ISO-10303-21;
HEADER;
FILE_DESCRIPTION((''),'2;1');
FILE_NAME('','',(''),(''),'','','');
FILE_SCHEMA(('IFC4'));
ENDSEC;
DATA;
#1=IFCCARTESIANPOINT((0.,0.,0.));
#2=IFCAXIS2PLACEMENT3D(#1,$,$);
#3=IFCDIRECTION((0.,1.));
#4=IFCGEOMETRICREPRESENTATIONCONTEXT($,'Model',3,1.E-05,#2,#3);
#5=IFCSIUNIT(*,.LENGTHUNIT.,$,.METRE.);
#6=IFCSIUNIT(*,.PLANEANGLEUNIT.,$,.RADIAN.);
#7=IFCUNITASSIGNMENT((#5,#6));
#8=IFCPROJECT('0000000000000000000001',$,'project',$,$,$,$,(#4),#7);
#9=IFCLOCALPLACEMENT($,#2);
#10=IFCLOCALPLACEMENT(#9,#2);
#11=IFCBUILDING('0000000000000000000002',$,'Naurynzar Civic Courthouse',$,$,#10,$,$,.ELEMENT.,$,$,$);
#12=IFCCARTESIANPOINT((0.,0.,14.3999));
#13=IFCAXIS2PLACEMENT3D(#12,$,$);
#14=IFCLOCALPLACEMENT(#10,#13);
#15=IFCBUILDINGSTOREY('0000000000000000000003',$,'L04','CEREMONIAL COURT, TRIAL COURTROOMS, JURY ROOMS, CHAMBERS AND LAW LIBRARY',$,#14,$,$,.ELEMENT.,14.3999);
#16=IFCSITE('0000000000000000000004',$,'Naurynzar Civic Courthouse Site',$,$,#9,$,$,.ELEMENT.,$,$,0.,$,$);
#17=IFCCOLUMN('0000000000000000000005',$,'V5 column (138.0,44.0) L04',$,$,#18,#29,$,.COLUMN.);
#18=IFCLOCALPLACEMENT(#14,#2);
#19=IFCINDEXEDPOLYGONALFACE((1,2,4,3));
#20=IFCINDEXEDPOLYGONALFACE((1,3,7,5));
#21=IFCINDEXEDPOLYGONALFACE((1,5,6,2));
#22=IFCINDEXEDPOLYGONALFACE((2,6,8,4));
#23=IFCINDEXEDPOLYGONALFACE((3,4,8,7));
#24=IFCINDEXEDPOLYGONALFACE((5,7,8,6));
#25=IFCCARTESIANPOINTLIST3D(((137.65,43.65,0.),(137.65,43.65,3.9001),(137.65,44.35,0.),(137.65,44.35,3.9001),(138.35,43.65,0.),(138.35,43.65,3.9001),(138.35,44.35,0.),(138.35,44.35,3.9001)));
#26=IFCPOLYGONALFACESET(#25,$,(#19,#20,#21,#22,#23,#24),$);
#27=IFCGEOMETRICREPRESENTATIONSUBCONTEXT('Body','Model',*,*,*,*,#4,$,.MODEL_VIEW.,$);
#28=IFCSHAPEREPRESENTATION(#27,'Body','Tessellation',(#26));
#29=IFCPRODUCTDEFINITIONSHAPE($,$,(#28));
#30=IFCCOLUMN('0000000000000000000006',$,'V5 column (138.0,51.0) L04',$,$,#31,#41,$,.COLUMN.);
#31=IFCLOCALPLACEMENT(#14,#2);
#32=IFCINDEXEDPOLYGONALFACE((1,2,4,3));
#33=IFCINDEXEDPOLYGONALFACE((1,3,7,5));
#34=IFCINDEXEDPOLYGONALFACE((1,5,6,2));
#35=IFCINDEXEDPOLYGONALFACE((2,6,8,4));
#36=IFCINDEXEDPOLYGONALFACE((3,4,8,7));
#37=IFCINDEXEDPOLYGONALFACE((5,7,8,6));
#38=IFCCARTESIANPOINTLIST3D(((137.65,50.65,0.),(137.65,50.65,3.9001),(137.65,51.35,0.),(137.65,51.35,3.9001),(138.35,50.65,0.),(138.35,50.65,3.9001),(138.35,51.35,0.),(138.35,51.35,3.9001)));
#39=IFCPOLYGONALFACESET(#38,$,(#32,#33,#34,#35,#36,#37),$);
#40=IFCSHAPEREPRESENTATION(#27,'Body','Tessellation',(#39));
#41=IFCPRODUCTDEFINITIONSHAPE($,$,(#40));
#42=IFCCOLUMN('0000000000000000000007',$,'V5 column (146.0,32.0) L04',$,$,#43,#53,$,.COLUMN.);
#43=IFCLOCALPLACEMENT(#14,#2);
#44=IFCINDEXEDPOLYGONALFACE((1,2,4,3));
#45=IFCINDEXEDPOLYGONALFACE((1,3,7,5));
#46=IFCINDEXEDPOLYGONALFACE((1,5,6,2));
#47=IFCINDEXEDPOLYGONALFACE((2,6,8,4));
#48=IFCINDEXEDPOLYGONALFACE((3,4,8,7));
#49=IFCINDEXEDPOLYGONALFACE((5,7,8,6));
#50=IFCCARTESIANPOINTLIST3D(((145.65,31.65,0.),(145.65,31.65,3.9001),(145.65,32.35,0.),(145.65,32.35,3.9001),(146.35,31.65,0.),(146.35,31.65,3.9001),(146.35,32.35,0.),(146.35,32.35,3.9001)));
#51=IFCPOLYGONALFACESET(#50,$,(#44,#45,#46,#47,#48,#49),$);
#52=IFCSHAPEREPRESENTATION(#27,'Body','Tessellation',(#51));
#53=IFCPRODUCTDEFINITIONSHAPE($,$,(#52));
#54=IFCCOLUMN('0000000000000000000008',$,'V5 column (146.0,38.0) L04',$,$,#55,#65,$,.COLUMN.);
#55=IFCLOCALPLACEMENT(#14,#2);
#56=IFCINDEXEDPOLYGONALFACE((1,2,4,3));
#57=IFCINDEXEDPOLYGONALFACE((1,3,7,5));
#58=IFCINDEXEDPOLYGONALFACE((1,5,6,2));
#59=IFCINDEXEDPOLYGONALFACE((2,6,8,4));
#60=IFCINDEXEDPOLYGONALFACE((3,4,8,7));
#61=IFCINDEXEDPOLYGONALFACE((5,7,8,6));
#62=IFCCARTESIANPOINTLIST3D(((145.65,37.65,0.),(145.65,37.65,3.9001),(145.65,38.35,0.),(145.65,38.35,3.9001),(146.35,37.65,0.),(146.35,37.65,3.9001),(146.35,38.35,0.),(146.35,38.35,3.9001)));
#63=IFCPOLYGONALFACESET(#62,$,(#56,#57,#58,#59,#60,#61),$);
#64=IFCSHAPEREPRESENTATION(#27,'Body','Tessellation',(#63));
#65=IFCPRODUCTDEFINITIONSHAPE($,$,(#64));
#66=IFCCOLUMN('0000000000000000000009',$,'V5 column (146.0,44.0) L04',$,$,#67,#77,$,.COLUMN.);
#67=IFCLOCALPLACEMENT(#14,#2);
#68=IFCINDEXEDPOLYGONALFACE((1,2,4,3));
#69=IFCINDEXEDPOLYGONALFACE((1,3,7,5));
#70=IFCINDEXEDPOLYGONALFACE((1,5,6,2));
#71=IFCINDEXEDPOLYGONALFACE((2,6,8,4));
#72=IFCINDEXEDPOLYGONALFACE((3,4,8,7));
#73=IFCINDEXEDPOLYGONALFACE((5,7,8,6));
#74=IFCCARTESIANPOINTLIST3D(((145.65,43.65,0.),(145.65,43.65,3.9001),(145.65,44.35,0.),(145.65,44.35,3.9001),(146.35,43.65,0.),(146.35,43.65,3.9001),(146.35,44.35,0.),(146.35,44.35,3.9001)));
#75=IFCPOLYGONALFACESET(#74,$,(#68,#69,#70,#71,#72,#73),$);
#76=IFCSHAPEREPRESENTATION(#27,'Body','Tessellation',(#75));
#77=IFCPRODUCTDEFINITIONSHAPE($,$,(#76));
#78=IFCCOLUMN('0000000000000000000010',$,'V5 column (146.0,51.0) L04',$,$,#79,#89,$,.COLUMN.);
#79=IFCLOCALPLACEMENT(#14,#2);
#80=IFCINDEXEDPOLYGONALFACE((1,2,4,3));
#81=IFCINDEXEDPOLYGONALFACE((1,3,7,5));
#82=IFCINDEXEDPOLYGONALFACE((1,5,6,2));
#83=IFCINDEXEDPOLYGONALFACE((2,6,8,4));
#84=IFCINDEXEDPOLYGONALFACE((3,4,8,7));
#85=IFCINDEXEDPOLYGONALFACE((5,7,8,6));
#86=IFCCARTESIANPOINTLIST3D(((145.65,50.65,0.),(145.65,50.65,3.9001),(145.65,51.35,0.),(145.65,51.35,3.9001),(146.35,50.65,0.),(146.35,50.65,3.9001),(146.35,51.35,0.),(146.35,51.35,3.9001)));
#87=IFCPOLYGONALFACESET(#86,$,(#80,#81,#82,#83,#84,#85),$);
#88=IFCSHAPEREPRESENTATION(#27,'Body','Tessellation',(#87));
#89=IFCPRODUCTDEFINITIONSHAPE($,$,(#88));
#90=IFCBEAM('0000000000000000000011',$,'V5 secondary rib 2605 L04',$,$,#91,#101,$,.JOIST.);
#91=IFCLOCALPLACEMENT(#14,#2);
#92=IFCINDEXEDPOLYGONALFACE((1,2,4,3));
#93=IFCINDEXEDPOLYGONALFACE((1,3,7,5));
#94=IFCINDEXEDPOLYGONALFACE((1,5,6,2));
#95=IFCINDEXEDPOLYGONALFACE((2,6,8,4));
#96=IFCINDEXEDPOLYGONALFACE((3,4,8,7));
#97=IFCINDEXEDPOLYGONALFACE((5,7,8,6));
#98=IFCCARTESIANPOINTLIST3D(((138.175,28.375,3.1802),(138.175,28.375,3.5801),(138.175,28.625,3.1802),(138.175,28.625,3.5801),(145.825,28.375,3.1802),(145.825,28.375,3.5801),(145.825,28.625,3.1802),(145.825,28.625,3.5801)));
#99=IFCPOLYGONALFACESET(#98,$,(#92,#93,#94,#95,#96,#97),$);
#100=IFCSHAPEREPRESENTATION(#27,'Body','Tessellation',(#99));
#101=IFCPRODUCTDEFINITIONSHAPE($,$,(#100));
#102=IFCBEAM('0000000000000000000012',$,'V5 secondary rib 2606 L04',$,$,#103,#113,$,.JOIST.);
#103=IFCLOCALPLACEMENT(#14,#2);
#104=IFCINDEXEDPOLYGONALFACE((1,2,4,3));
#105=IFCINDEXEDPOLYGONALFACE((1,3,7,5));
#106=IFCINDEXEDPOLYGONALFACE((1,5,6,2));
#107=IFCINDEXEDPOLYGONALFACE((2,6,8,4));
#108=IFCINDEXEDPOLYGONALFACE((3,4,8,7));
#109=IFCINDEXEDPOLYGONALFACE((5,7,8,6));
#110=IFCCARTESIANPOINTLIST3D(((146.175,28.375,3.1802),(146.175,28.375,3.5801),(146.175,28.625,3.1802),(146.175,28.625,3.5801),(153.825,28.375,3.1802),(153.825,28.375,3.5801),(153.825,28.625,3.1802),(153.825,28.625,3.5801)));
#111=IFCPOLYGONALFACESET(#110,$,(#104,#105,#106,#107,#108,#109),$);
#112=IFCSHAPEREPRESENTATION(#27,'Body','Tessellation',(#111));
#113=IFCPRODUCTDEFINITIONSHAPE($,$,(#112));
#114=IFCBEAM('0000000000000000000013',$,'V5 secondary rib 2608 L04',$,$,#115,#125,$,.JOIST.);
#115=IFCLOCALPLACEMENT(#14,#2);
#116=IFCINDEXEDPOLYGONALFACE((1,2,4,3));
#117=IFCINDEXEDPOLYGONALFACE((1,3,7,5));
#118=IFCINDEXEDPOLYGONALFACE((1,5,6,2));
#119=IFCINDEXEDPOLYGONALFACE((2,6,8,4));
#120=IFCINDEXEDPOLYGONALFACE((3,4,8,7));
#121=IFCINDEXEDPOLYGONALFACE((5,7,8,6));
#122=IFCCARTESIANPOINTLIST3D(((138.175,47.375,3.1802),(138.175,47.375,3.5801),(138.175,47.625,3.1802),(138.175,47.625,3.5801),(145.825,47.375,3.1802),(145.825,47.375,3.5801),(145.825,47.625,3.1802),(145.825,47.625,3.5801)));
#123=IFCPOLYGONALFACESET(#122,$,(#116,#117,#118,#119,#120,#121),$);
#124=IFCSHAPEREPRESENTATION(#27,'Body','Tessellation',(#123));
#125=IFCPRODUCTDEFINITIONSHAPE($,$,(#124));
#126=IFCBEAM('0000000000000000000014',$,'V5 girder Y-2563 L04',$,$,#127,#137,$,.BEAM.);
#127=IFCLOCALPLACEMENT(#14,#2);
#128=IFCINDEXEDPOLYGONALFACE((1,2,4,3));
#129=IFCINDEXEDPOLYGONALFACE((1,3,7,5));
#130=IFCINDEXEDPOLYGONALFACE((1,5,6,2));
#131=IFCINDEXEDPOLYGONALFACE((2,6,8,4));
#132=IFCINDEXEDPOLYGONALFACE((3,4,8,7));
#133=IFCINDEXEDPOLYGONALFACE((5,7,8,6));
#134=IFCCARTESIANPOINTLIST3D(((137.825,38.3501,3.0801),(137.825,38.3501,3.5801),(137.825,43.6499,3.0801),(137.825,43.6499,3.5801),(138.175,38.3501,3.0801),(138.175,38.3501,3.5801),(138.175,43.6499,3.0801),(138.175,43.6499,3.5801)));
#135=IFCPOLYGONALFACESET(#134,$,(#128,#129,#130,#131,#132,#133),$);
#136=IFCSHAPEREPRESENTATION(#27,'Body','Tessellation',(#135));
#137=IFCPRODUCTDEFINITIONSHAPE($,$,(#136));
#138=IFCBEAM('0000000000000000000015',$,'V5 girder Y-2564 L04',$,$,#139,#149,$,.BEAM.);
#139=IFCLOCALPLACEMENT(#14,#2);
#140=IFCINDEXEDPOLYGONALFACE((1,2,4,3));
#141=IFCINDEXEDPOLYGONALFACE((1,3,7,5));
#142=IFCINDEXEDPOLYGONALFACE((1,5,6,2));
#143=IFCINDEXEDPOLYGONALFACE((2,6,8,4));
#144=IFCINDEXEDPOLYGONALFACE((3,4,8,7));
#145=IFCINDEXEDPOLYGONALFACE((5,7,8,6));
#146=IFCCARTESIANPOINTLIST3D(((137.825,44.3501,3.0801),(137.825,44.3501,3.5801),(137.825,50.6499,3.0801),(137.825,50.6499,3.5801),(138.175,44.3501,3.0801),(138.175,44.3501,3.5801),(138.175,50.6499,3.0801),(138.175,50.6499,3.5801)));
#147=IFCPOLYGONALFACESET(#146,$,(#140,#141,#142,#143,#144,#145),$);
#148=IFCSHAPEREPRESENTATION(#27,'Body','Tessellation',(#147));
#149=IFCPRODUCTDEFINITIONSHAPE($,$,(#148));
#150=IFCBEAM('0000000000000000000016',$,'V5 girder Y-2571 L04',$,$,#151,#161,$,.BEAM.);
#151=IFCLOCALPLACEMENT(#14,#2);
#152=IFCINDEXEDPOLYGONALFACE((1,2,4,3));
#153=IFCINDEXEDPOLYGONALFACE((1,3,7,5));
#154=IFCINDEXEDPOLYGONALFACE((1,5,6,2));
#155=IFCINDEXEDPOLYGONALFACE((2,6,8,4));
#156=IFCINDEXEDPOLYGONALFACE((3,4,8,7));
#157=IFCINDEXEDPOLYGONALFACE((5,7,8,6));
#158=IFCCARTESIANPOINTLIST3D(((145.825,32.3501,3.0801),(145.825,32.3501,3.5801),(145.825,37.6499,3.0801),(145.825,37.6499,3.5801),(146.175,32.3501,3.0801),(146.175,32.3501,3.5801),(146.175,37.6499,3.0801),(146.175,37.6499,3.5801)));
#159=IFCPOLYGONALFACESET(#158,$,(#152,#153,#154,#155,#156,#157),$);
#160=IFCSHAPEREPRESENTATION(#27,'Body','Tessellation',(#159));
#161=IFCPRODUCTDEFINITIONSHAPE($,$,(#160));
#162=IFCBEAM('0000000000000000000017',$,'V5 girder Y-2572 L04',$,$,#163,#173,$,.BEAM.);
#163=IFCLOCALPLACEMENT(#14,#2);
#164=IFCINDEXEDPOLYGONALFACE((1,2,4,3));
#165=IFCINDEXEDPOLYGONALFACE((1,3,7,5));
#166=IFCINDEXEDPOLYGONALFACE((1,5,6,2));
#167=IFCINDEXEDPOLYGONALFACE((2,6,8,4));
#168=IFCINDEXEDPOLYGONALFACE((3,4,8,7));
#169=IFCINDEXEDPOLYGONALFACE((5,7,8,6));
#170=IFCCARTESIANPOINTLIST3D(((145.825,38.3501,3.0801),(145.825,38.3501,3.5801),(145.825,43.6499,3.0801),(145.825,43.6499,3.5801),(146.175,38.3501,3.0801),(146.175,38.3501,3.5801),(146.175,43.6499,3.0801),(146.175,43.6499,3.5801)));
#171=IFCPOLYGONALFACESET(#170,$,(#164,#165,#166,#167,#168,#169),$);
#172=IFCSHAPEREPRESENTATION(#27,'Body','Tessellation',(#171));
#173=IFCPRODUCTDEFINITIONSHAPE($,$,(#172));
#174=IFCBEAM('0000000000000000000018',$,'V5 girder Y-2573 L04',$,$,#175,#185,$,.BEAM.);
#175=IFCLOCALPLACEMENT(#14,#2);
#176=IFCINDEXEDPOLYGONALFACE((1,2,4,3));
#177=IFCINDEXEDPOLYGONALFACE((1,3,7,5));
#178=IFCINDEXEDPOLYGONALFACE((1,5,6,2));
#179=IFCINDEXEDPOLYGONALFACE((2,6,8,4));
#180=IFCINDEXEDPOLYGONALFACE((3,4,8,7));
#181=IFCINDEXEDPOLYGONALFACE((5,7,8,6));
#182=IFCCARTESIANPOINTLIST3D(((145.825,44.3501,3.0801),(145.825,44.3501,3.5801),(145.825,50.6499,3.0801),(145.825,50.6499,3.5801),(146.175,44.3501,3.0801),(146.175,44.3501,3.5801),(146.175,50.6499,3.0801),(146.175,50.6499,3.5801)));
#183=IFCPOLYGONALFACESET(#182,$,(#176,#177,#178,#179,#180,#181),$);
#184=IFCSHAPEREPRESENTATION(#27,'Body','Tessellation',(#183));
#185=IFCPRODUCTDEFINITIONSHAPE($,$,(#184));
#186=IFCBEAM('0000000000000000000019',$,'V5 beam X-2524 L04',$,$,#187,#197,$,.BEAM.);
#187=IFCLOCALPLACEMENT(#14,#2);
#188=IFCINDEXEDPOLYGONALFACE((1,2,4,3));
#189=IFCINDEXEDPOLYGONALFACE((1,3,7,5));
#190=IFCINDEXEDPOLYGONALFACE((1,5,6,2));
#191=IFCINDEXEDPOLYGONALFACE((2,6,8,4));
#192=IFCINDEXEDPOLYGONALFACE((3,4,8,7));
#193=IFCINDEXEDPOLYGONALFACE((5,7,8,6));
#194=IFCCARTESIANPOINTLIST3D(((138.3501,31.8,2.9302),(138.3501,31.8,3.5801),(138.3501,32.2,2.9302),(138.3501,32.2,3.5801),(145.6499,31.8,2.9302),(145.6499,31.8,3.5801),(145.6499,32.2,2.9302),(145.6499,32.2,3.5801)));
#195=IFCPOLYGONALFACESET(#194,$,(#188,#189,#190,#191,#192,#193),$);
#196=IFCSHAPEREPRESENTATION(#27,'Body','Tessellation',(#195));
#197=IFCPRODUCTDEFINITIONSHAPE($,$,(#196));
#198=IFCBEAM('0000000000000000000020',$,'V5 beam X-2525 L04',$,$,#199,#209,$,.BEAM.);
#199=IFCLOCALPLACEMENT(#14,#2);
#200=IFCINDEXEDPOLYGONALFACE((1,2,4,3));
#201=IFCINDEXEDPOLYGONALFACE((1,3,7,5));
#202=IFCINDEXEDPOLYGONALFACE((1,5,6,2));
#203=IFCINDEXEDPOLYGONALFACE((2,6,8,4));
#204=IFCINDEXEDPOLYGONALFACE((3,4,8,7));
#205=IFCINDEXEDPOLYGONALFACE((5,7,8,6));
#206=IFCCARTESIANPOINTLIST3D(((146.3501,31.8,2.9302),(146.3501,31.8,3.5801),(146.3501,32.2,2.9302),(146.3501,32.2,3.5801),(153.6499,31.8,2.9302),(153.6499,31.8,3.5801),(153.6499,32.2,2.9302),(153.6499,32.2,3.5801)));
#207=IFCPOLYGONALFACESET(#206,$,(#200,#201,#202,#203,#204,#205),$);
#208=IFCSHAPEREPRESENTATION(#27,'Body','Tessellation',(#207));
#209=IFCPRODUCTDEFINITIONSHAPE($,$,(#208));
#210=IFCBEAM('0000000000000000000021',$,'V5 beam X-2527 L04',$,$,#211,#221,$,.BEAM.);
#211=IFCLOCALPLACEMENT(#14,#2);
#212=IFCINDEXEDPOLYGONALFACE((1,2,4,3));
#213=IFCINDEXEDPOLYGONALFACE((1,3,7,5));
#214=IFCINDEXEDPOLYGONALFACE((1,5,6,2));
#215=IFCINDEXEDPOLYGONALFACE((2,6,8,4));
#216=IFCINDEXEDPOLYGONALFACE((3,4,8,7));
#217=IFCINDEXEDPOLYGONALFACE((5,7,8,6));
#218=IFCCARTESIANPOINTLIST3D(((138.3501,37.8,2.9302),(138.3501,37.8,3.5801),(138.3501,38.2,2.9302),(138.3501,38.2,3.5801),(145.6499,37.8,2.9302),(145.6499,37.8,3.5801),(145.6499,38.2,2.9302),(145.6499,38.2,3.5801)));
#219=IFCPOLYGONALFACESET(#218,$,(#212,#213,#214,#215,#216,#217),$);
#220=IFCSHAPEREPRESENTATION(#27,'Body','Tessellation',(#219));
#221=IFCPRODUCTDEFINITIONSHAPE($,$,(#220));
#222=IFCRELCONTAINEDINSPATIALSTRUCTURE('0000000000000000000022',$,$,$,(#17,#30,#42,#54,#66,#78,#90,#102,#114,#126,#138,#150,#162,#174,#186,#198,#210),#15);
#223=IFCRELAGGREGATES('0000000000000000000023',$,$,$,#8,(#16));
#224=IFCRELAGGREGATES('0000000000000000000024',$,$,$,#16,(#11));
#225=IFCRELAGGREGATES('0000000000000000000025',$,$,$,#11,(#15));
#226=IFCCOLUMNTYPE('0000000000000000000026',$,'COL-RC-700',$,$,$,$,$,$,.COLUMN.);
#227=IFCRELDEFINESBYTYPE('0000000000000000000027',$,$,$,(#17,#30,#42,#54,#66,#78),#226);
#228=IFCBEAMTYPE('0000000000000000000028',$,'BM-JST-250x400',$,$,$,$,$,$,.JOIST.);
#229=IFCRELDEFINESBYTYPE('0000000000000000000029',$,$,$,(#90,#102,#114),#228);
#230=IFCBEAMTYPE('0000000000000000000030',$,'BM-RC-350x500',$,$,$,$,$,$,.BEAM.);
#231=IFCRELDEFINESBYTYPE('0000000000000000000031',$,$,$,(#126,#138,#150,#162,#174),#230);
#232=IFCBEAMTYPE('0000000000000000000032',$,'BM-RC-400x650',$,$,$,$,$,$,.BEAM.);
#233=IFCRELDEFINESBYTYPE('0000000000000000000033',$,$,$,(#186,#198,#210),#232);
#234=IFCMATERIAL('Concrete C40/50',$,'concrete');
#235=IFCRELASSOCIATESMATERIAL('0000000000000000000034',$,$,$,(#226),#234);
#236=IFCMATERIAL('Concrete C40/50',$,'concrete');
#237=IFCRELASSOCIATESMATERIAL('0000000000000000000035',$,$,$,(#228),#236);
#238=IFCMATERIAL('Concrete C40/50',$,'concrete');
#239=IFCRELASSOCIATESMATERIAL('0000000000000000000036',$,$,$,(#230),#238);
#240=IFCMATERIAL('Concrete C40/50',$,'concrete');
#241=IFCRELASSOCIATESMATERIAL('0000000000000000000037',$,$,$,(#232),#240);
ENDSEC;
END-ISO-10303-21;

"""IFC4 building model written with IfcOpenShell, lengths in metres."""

from ifc_helpers import new_model, si_unit, direction, frame, origin, origin_2d, place, context, subcontext, project, spatial, rectangle, extrude, material, material_profile, profile_set, type_object, element, save


model = new_model("IFC4")

# Units and contexts
model_context = context("Model", 3, precision=1e-05, world=origin(), true_north=direction((0.0, 1.0)))
body_context = subcontext(model_context, "Body", "Model", "MODEL_VIEW")
ifc_project = project(units=[si_unit("LENGTHUNIT", "METRE"), si_unit("PLANEANGLEUNIT", "RADIAN")], contexts=[model_context])

# Site, building, storey
site_placement = place(None, origin())
site = spatial("IfcSite", under=ifc_project, at=site_placement, Name="Naurynzar Civic Courthouse Site", CompositionType="ELEMENT", RefElevation=0.0)
building_placement = place(site_placement, origin())
building = spatial("IfcBuilding", under=site, at=building_placement, Name="Naurynzar Civic Courthouse", CompositionType="ELEMENT")
storey_placement = place(building_placement, frame((0.0, 0.0, 14.3999)))
storey = spatial("IfcBuildingStorey", under=building, at=storey_placement, Name="L04", Description="CEREMONIAL COURT, TRIAL COURTROOMS, JURY ROOMS, CHAMBERS AND LAW LIBRARY", CompositionType="ELEMENT", Elevation=14.3999)

# Columns
ifc_material_1 = material(Name="Concrete C40/50", Category="concrete")
ifc_material_profile_1 = material_profile(ifc_material_1, rectangle(XDim=0.7, YDim=0.7, at=origin_2d()), Name="RC 700x700")
ifc_profile_set_1 = profile_set([ifc_material_profile_1], Name="Concrete C40/50")
column_type = type_object("IfcColumnType", Name="COL-RC-700", PredefinedType="COLUMN", material=ifc_profile_set_1)
for number, where, z_axis, x_axis, name in (
    (1, (138.0, 44.0, 0.0), (0.0, 0.0, 1.0), (1.0, 0.0, 0.0), "V5 column (138.0,44.0) L04"),
    (2, (138.0, 51.0, 0.0), (0.0, 0.0, 1.0), (1.0, 0.0, 0.0), "V5 column (138.0,51.0) L04"),
    (3, (146.0, 32.0, 0.0), (0.0, 0.0, 1.0), (1.0, 0.0, 0.0), "V5 column (146.0,32.0) L04"),
    (4, (146.0, 38.0, 0.0), (0.0, 0.0, 1.0), (1.0, 0.0, 0.0), "V5 column (146.0,38.0) L04"),
    (5, (146.0, 44.0, 0.0), (0.0, 0.0, 1.0), (1.0, 0.0, 0.0), "V5 column (146.0,44.0) L04"),
    (6, (146.0, 51.0, 0.0), (0.0, 0.0, 1.0), (1.0, 0.0, 0.0), "V5 column (146.0,51.0) L04"),
):
    element("IfcColumn", number, at=place(storey_placement, frame(where, z_axis=z_axis, x_axis=x_axis)), inside=storey, type_object=column_type, Name=name, PredefinedType="COLUMN", context=body_context, shape_type="SweptSolid", body=[
        extrude(rectangle(XDim=0.7, YDim=0.7, at=origin_2d()), origin(), (0.0, 0.0, 1.0), 3.9001),
    ])

# Beams
ifc_material_2 = material(Name="Concrete C40/50", Category="concrete")
ifc_material_profile_2 = material_profile(ifc_material_2, rectangle(XDim=0.25, YDim=0.3999, at=origin_2d()), Name="RCB 250x400")
ifc_profile_set_2 = profile_set([ifc_material_profile_2], Name="Concrete C40/50")
beam_type_1 = type_object("IfcBeamType", Name="BM-JST-250x400", PredefinedType="JOIST", material=ifc_profile_set_2)
for number, where, z_axis, x_axis, name in (
    (7, (138.175, 28.5, 3.3801), (1.0, 0.0, 0.0), (0.0, 1.0, 0.0), "V5 secondary rib 2605 L04"),
    (8, (146.175, 28.5, 3.3801), (1.0, 0.0, 0.0), (0.0, 1.0, 0.0), "V5 secondary rib 2606 L04"),
    (9, (138.175, 47.5, 3.3801), (1.0, 0.0, 0.0), (0.0, 1.0, 0.0), "V5 secondary rib 2608 L04"),
):
    element("IfcBeam", number, at=place(storey_placement, frame(where, z_axis=z_axis, x_axis=x_axis)), inside=storey, type_object=beam_type_1, Name=name, PredefinedType="JOIST", context=body_context, shape_type="SweptSolid", body=[
        extrude(rectangle(XDim=0.25, YDim=0.3999, at=origin_2d()), origin(), (0.0, 0.0, 1.0), 7.6499),
    ])
ifc_material_3 = material(Name="Concrete C40/50", Category="concrete")
ifc_material_profile_3 = material_profile(ifc_material_3, rectangle(XDim=0.3501, YDim=0.5, at=origin_2d()), Name="RCB 350x500")
ifc_profile_set_3 = profile_set([ifc_material_profile_3], Name="Concrete C40/50")
beam_type_2 = type_object("IfcBeamType", Name="BM-RC-350x500", PredefinedType="BEAM", material=ifc_profile_set_3)
beam_1_placement = place(storey_placement, frame((138.0, 38.3501, 3.3301), z_axis=(0.0, 1.0, 0.0), x_axis=(-1.0, 0.0, 0.0)))
element("IfcBeam", 10, at=beam_1_placement, inside=storey, type_object=beam_type_2, Name="V5 girder Y-2563 L04", PredefinedType="BEAM", context=body_context, shape_type="SweptSolid", body=[
    extrude(rectangle(XDim=0.3501, YDim=0.5, at=origin_2d()), origin(), (0.0, 0.0, 1.0), 5.2998),
])
beam_2_placement = place(storey_placement, frame((138.0, 44.3501, 3.3301), z_axis=(0.0, 1.0, 0.0), x_axis=(-1.0, 0.0, 0.0)))
element("IfcBeam", 11, at=beam_2_placement, inside=storey, type_object=beam_type_2, Name="V5 girder Y-2564 L04", PredefinedType="BEAM", context=body_context, shape_type="SweptSolid", body=[
    extrude(rectangle(XDim=0.3501, YDim=0.5, at=origin_2d()), origin(), (0.0, 0.0, 1.0), 6.2998),
])
for number, where, z_axis, x_axis, name in (
    (12, (146.0, 32.3501, 3.3301), (0.0, 1.0, 0.0), (-1.0, 0.0, 0.0), "V5 girder Y-2571 L04"),
    (13, (146.0, 38.3501, 3.3301), (0.0, 1.0, 0.0), (-1.0, 0.0, 0.0), "V5 girder Y-2572 L04"),
):
    element("IfcBeam", number, at=place(storey_placement, frame(where, z_axis=z_axis, x_axis=x_axis)), inside=storey, type_object=beam_type_2, Name=name, PredefinedType="BEAM", context=body_context, shape_type="SweptSolid", body=[
        extrude(rectangle(XDim=0.3501, YDim=0.5, at=origin_2d()), origin(), (0.0, 0.0, 1.0), 5.2998),
    ])
beam_3_placement = place(storey_placement, frame((146.0, 44.3501, 3.3301), z_axis=(0.0, 1.0, 0.0), x_axis=(-1.0, 0.0, 0.0)))
element("IfcBeam", 14, at=beam_3_placement, inside=storey, type_object=beam_type_2, Name="V5 girder Y-2573 L04", PredefinedType="BEAM", context=body_context, shape_type="SweptSolid", body=[
    extrude(rectangle(XDim=0.3501, YDim=0.5, at=origin_2d()), origin(), (0.0, 0.0, 1.0), 6.2998),
])
ifc_material_4 = material(Name="Concrete C40/50", Category="concrete")
ifc_material_profile_4 = material_profile(ifc_material_4, rectangle(XDim=0.3999, YDim=0.6499, at=origin_2d()), Name="RCB 400x650")
ifc_profile_set_4 = profile_set([ifc_material_profile_4], Name="Concrete C40/50")
beam_type_3 = type_object("IfcBeamType", Name="BM-RC-400x650", PredefinedType="BEAM", material=ifc_profile_set_4)
for number, where, z_axis, x_axis, name in (
    (15, (138.3501, 32.0, 3.2551), (1.0, 0.0, 0.0), (0.0, 1.0, 0.0), "V5 beam X-2524 L04"),
    (16, (146.3501, 32.0, 3.2551), (1.0, 0.0, 0.0), (0.0, 1.0, 0.0), "V5 beam X-2525 L04"),
    (17, (138.3501, 38.0, 3.2551), (1.0, 0.0, 0.0), (0.0, 1.0, 0.0), "V5 beam X-2527 L04"),
):
    element("IfcBeam", number, at=place(storey_placement, frame(where, z_axis=z_axis, x_axis=x_axis)), inside=storey, type_object=beam_type_3, Name=name, PredefinedType="BEAM", context=body_context, shape_type="SweptSolid", body=[
        extrude(rectangle(XDim=0.3999, YDim=0.6499, at=origin_2d()), origin(), (0.0, 0.0, 1.0), 7.2998),
    ])

save(model, "model.ifc")
